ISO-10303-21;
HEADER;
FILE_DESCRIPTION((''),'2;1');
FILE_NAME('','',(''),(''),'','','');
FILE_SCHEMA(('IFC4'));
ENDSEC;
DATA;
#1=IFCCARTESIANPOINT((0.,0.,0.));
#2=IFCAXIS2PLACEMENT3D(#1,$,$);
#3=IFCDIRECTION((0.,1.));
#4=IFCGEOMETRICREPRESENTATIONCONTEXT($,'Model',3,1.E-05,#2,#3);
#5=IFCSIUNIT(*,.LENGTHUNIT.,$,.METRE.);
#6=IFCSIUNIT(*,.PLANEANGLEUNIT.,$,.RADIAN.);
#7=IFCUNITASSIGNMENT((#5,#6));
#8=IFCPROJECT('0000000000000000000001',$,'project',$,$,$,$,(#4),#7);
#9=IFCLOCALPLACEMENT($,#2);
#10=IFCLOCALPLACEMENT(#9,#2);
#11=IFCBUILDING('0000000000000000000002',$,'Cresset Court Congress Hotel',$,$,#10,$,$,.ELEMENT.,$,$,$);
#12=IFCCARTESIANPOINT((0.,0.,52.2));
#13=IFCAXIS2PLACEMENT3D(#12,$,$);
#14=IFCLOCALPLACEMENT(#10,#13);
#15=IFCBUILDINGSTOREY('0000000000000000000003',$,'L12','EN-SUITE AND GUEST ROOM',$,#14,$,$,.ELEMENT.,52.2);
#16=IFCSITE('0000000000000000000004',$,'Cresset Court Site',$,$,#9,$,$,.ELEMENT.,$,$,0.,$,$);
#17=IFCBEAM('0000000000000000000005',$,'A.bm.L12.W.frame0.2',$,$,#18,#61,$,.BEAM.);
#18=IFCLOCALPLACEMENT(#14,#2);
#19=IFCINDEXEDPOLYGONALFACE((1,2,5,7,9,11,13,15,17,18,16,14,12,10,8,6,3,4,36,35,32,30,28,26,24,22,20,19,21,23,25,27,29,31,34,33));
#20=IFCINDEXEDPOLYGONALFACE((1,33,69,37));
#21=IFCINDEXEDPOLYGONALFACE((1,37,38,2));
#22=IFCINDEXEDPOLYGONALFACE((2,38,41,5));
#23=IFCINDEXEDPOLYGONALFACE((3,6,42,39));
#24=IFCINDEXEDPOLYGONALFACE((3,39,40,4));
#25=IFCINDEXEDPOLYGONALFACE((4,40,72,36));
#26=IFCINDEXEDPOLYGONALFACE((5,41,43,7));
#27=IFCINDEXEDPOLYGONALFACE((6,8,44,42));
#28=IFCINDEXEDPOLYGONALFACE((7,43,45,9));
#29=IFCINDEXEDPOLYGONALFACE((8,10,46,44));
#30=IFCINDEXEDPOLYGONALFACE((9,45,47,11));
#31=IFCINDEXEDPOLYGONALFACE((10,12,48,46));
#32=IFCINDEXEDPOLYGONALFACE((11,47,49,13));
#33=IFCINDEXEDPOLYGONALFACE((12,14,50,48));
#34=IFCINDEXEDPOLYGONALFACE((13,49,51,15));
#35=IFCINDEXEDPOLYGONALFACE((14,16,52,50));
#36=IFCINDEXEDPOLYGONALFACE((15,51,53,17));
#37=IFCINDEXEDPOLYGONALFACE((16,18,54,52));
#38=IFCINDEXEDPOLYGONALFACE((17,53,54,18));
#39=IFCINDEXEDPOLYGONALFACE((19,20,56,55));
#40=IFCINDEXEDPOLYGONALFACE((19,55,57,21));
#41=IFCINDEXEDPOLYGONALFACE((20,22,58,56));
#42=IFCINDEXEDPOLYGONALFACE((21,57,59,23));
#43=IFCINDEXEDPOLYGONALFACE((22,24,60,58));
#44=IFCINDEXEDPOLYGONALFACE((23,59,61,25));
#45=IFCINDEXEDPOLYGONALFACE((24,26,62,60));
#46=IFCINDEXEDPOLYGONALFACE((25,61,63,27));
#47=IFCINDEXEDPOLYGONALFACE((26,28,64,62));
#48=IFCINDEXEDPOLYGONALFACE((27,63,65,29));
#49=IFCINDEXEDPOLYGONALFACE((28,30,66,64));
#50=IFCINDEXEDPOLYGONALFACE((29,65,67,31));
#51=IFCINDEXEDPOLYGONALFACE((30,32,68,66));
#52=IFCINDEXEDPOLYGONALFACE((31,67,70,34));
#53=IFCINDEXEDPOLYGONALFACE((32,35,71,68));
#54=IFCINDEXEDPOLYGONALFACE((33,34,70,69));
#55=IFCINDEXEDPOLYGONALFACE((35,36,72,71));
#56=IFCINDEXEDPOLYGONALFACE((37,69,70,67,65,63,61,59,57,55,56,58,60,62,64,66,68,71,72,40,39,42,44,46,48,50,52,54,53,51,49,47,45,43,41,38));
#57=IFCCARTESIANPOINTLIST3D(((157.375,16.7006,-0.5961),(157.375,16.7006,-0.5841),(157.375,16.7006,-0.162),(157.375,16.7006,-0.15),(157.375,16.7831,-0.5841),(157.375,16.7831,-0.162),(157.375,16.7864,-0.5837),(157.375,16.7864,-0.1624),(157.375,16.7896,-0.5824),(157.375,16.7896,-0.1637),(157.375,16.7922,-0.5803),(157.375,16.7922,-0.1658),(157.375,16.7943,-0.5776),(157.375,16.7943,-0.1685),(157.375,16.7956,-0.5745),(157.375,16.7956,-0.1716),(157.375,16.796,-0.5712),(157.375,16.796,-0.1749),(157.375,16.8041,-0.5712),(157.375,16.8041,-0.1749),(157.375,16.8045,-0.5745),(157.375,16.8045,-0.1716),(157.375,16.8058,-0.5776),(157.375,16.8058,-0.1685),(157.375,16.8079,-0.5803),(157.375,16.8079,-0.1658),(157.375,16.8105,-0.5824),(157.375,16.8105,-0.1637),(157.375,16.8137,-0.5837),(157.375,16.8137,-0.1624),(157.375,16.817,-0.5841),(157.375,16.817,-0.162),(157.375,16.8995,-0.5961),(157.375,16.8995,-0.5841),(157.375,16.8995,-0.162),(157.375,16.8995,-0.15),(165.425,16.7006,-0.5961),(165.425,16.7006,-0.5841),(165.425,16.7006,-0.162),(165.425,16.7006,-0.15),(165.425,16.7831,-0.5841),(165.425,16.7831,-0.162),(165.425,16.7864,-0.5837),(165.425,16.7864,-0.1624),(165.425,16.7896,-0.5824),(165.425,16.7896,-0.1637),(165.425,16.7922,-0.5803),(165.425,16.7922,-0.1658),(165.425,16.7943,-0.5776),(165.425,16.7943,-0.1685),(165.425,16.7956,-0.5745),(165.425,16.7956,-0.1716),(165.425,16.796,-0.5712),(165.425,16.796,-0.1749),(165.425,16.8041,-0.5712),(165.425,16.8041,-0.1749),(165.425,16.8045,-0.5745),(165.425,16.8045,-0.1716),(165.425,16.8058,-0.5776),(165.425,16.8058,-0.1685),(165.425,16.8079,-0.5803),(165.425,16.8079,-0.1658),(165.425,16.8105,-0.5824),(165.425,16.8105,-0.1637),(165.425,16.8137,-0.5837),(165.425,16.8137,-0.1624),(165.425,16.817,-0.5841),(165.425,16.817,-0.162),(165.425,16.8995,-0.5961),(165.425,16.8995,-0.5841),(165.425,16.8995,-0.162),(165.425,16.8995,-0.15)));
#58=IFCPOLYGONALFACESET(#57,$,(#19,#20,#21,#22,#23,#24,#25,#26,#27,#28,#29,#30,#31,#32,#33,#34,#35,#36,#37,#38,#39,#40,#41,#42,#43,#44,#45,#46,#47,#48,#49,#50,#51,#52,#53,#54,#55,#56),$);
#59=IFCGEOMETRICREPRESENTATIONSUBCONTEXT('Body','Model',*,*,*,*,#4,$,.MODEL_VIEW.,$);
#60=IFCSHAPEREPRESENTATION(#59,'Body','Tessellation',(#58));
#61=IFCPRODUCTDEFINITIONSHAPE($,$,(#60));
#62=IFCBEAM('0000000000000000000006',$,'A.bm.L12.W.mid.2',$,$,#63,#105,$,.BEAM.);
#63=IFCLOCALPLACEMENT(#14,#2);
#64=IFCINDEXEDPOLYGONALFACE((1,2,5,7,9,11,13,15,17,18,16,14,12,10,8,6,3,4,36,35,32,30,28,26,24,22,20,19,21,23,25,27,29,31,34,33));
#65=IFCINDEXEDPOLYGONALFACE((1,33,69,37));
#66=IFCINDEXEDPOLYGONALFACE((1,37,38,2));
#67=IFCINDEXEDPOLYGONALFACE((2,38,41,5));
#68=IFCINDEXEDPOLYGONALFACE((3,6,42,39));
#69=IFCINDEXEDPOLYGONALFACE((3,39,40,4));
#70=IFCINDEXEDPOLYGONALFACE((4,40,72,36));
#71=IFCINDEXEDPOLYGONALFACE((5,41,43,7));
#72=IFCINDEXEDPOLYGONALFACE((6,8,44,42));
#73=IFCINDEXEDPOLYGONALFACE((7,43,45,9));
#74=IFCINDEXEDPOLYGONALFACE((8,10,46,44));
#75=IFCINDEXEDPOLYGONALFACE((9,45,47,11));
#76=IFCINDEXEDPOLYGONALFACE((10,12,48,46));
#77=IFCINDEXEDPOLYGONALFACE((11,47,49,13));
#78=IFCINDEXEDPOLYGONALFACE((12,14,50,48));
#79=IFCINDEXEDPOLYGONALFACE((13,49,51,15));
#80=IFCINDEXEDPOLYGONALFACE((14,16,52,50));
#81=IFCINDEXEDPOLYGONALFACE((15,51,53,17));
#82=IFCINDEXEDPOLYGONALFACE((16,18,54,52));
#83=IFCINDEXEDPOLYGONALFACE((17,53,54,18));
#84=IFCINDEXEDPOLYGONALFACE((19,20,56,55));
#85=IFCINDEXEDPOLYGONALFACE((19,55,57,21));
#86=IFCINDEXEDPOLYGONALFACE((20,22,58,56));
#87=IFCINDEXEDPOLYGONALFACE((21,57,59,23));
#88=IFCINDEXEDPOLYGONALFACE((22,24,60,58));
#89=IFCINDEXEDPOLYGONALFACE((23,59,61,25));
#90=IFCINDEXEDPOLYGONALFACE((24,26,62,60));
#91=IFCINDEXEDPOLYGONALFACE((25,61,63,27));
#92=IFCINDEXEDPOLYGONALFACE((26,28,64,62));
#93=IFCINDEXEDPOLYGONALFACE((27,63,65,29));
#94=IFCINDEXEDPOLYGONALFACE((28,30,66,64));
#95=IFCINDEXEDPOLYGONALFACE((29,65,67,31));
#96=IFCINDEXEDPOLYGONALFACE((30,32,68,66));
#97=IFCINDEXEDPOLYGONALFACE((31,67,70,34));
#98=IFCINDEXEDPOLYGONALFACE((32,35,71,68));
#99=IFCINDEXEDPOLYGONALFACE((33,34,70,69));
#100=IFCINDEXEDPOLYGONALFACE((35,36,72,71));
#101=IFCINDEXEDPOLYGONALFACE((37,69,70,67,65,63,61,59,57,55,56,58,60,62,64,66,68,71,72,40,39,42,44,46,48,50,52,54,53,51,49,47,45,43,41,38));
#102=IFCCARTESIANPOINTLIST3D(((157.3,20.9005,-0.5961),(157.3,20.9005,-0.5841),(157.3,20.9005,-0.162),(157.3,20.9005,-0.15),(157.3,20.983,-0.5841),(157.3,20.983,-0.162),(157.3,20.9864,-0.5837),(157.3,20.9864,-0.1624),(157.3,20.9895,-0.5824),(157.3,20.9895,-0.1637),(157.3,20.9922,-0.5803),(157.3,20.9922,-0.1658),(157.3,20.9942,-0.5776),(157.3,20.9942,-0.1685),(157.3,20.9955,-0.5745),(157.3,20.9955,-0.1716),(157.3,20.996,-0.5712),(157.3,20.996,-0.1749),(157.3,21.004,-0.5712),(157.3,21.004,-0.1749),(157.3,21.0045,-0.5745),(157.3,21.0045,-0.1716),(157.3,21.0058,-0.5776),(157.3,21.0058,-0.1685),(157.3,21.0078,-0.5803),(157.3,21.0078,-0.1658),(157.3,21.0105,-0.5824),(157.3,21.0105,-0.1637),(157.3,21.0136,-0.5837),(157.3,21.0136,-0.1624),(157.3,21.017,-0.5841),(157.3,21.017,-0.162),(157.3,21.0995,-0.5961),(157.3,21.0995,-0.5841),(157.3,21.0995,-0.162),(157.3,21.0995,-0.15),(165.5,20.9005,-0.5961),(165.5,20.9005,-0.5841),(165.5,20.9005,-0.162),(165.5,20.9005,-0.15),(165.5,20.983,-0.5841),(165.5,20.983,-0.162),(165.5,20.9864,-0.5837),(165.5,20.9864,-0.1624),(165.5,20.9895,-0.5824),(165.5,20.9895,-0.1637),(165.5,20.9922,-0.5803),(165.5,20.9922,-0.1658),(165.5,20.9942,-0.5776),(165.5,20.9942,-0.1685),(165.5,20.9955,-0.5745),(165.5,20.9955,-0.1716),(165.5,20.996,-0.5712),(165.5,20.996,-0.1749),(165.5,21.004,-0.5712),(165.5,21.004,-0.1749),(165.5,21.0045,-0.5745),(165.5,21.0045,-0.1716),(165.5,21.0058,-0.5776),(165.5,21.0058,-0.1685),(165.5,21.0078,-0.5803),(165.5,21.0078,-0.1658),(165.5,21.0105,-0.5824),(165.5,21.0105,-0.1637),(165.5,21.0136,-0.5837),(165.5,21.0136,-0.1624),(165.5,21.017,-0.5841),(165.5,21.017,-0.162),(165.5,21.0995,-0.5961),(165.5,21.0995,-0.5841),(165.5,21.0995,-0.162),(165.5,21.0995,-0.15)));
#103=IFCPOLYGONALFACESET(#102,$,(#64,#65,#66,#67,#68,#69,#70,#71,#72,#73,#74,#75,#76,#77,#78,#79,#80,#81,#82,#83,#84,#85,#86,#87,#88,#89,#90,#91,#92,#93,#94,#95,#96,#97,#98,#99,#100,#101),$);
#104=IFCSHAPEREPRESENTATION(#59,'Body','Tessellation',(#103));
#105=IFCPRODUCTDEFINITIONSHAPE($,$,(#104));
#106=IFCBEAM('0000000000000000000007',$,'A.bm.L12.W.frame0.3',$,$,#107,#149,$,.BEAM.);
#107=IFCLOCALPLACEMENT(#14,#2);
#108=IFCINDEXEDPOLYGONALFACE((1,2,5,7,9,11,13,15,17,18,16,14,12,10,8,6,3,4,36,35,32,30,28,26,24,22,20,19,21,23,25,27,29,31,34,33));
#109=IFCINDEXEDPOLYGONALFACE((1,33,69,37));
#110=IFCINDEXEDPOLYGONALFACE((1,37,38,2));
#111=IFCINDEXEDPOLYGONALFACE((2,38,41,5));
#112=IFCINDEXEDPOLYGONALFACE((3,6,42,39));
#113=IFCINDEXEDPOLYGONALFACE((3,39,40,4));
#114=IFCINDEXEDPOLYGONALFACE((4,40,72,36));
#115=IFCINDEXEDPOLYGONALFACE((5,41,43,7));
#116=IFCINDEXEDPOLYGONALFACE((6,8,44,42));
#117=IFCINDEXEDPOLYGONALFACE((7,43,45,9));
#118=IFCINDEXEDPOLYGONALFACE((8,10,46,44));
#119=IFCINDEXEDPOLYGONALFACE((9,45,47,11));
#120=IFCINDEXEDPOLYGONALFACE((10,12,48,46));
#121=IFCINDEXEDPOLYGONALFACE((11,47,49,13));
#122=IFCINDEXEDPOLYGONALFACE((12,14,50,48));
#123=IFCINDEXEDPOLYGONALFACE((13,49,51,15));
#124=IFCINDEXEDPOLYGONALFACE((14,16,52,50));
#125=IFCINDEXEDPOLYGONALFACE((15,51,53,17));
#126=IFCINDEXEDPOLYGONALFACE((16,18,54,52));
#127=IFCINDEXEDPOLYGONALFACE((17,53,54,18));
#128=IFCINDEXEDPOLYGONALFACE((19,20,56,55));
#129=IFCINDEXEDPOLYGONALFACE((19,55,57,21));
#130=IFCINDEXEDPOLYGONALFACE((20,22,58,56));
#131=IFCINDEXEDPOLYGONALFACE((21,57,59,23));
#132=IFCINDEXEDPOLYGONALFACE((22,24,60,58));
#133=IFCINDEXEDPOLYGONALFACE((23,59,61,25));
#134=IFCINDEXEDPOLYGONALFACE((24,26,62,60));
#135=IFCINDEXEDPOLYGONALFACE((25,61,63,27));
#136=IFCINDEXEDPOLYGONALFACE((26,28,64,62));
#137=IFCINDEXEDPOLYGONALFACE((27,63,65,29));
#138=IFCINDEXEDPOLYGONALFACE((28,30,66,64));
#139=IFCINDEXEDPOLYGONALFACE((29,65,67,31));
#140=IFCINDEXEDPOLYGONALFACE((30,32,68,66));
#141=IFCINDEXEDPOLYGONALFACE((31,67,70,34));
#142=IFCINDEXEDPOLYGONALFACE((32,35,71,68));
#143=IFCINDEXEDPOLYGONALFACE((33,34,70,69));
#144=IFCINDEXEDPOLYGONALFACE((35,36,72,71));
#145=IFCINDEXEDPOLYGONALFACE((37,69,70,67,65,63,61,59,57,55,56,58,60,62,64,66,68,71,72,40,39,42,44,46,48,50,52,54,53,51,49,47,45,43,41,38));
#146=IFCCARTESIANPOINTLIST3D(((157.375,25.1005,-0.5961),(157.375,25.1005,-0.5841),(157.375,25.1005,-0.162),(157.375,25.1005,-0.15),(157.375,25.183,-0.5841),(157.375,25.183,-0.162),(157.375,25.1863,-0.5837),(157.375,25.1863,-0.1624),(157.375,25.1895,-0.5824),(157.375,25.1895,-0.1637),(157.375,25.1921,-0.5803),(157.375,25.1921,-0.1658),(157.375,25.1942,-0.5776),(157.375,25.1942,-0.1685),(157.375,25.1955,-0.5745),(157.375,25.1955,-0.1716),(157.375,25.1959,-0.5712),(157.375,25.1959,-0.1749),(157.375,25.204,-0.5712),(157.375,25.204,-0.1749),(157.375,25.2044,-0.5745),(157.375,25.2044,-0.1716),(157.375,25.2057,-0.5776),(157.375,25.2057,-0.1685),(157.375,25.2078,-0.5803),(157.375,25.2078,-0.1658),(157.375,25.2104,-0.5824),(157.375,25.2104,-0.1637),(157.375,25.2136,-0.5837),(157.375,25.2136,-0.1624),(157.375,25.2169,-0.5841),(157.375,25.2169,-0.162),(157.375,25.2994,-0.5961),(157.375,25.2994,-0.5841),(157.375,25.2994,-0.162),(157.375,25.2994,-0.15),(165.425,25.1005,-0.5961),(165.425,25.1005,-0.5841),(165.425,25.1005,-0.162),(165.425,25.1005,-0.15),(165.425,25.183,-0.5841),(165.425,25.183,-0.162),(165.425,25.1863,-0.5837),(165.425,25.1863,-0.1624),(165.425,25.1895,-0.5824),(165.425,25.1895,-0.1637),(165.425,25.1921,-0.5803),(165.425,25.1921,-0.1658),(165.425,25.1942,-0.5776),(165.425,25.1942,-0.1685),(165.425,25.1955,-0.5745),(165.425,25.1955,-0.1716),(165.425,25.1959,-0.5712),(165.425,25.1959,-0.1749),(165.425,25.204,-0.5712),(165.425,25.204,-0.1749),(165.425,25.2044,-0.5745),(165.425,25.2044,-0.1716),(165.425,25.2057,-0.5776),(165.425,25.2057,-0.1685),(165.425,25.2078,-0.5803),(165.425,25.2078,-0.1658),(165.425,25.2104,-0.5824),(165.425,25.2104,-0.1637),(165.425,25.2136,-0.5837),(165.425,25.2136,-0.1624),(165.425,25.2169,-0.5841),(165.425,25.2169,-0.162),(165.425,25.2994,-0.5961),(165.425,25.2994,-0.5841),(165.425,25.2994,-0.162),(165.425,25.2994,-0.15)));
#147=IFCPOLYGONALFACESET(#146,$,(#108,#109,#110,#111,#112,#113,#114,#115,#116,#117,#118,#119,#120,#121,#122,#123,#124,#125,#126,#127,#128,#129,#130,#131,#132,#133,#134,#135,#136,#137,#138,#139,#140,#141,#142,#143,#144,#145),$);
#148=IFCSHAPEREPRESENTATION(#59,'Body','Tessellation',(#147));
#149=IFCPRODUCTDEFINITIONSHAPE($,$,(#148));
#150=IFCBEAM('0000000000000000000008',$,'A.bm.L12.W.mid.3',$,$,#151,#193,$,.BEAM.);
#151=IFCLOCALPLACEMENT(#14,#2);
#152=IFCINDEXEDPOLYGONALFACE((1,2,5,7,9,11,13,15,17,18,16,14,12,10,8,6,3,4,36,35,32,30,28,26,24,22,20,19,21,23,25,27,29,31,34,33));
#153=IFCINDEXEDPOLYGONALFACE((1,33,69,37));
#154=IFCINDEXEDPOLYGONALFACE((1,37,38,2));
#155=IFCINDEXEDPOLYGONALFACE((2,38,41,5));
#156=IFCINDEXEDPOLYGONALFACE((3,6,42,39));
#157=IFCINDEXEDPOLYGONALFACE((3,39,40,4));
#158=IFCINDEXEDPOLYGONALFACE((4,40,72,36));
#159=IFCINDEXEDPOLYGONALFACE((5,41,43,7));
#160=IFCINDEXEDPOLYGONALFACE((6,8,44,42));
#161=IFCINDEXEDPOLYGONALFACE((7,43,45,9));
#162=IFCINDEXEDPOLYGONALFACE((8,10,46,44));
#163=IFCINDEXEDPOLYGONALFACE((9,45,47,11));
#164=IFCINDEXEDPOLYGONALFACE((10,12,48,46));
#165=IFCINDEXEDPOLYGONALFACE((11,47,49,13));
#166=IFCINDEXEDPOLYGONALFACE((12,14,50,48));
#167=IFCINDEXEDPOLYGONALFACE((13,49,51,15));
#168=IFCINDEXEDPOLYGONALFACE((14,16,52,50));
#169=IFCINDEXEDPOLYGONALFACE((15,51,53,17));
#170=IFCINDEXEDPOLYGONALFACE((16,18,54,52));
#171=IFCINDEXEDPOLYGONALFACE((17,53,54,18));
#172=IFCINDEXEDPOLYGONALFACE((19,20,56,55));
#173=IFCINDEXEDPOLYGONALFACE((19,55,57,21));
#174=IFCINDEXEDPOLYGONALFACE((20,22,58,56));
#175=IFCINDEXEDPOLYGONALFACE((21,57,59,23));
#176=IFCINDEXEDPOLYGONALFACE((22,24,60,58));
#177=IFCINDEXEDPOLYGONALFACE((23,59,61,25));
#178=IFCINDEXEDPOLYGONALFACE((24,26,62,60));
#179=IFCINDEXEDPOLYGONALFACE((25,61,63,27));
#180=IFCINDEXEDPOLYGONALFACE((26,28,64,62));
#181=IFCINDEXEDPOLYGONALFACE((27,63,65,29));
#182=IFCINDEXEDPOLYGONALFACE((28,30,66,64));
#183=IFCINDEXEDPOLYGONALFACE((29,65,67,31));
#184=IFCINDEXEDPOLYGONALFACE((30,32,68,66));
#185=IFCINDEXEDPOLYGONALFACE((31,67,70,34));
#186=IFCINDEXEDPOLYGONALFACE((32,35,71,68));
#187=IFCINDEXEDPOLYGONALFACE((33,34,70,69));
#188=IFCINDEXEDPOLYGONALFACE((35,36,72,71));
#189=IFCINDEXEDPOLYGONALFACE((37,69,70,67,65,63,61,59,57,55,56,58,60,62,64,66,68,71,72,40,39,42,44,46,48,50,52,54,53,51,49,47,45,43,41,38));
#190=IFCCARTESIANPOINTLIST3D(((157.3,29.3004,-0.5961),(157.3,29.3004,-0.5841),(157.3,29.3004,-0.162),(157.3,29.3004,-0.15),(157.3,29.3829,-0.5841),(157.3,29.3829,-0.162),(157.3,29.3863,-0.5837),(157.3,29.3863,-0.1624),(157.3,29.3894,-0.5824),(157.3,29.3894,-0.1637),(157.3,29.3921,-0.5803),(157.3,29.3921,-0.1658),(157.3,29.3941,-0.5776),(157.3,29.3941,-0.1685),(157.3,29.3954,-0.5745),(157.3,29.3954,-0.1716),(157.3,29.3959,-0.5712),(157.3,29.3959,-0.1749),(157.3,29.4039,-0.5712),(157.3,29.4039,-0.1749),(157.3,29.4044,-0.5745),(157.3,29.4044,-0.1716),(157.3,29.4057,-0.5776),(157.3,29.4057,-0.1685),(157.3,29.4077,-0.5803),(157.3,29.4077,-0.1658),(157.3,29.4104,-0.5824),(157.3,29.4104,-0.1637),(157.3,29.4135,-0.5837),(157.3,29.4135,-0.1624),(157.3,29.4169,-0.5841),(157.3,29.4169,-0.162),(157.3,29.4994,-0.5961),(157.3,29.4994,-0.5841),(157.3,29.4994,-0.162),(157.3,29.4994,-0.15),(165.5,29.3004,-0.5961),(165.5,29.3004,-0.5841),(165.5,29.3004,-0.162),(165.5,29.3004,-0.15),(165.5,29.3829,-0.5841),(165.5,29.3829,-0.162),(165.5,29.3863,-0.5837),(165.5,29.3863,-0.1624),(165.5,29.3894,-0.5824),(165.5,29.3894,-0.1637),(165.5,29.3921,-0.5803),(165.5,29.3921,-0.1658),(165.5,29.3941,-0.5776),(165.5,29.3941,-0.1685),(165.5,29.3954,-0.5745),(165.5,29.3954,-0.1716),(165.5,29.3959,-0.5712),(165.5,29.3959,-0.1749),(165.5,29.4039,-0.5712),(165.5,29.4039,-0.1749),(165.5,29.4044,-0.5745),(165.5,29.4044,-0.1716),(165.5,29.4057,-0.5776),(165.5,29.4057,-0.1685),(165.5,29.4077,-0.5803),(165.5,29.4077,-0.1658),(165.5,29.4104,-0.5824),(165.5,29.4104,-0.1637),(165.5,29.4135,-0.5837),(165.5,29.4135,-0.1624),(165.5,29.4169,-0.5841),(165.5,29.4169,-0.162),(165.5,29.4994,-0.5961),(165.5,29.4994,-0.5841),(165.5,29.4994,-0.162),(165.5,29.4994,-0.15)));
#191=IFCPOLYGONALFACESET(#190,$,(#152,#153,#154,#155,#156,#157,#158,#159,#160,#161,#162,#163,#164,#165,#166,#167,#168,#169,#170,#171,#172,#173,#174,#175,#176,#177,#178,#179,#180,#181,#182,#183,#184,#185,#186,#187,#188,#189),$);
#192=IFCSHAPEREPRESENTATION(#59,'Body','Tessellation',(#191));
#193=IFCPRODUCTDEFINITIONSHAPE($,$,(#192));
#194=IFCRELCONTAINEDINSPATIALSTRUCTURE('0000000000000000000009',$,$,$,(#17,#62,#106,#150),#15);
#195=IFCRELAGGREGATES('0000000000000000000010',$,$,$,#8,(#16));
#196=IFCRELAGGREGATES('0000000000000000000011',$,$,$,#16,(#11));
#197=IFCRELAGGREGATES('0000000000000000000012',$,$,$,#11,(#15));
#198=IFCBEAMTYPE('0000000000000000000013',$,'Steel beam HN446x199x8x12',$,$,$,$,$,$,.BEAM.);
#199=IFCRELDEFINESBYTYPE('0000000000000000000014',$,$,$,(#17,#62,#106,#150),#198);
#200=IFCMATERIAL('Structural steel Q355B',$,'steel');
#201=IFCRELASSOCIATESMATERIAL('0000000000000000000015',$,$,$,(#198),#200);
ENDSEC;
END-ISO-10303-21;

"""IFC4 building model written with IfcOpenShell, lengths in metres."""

from ifc_helpers import new_model, si_unit, direction, frame, origin, origin_2d, place, context, subcontext, project, spatial, i_section, extrude, material, material_profile, profile_set, type_object, element, save


model = new_model("IFC4")

# Units and contexts
model_context = context("Model", 3, precision=1e-05, world=origin(), true_north=direction((0.0, 1.0)))
body_context = subcontext(model_context, "Body", "Model", "MODEL_VIEW")
ifc_project = project(units=[si_unit("LENGTHUNIT", "METRE"), si_unit("PLANEANGLEUNIT", "RADIAN")], contexts=[model_context])

# Site, building, storey
site_placement = place(None, origin())
site = spatial("IfcSite", under=ifc_project, at=site_placement, Name="Cresset Court Site", CompositionType="ELEMENT", RefElevation=0.0)
building_placement = place(site_placement, origin())
building = spatial("IfcBuilding", under=site, at=building_placement, Name="Cresset Court Congress Hotel", CompositionType="ELEMENT")
storey_placement = place(building_placement, frame((0.0, 0.0, 52.2)))
storey = spatial("IfcBuildingStorey", under=building, at=storey_placement, Name="L12", Description="EN-SUITE AND GUEST ROOM", CompositionType="ELEMENT", Elevation=52.2)

# Beams
ifc_material_1 = material(Name="Structural steel Q355B", Category="steel")
ifc_material_profile_1 = material_profile(ifc_material_1, i_section(OverallWidth=0.199, OverallDepth=0.446, WebThickness=0.0081, FlangeThickness=0.012, FilletRadius=0.0129, at=origin_2d()), Name="HN446x199x8x12")
ifc_profile_set_1 = profile_set([ifc_material_profile_1], Name="Structural steel Q355B")
beam_type_1 = type_object("IfcBeamType", Name="Steel beam HN446x199x8x12", PredefinedType="BEAM", material=ifc_profile_set_1)
beam_1_placement = place(storey_placement, frame((157.375, 16.8, -0.373), z_axis=(1.0, 0.0, 0.0), x_axis=(0.0, 1.0, 0.0)))
element("IfcBeam", 1, at=beam_1_placement, inside=storey, type_object=beam_type_1, Name="A.bm.L12.W.frame0.2", PredefinedType="BEAM", context=body_context, shape_type="SweptSolid", body=[
    extrude(i_section(OverallWidth=0.199, OverallDepth=0.446, WebThickness=0.0081, FlangeThickness=0.012, FilletRadius=0.0129, at=origin_2d()), origin(), (0.0, 0.0, 1.0), 8.05),
])
beam_2_placement = place(storey_placement, frame((157.3, 21.0, -0.373), z_axis=(1.0, 0.0, 0.0), x_axis=(0.0, 1.0, 0.0)))
element("IfcBeam", 2, at=beam_2_placement, inside=storey, type_object=beam_type_1, Name="A.bm.L12.W.mid.2", PredefinedType="BEAM", context=body_context, shape_type="SweptSolid", body=[
    extrude(i_section(OverallWidth=0.199, OverallDepth=0.446, WebThickness=0.0081, FlangeThickness=0.012, FilletRadius=0.0129, at=origin_2d()), origin(), (0.0, 0.0, 1.0), 8.2),
])
beam_3_placement = place(storey_placement, frame((157.375, 25.2, -0.373), z_axis=(1.0, 0.0, 0.0), x_axis=(0.0, 1.0, 0.0)))
element("IfcBeam", 3, at=beam_3_placement, inside=storey, type_object=beam_type_1, Name="A.bm.L12.W.frame0.3", PredefinedType="BEAM", context=body_context, shape_type="SweptSolid", body=[
    extrude(i_section(OverallWidth=0.199, OverallDepth=0.446, WebThickness=0.0081, FlangeThickness=0.012, FilletRadius=0.0129, at=origin_2d()), origin(), (0.0, 0.0, 1.0), 8.05),
])
beam_4_placement = place(storey_placement, frame((157.3, 29.3999, -0.373), z_axis=(1.0, 0.0, 0.0), x_axis=(0.0, 1.0, 0.0)))
element("IfcBeam", 4, at=beam_4_placement, inside=storey, type_object=beam_type_1, Name="A.bm.L12.W.mid.3", PredefinedType="BEAM", context=body_context, shape_type="SweptSolid", body=[
    extrude(i_section(OverallWidth=0.199, OverallDepth=0.446, WebThickness=0.0081, FlangeThickness=0.012, FilletRadius=0.0129, at=origin_2d()), origin(), (0.0, 0.0, 1.0), 8.2),
])

save(model, "model.ifc")
